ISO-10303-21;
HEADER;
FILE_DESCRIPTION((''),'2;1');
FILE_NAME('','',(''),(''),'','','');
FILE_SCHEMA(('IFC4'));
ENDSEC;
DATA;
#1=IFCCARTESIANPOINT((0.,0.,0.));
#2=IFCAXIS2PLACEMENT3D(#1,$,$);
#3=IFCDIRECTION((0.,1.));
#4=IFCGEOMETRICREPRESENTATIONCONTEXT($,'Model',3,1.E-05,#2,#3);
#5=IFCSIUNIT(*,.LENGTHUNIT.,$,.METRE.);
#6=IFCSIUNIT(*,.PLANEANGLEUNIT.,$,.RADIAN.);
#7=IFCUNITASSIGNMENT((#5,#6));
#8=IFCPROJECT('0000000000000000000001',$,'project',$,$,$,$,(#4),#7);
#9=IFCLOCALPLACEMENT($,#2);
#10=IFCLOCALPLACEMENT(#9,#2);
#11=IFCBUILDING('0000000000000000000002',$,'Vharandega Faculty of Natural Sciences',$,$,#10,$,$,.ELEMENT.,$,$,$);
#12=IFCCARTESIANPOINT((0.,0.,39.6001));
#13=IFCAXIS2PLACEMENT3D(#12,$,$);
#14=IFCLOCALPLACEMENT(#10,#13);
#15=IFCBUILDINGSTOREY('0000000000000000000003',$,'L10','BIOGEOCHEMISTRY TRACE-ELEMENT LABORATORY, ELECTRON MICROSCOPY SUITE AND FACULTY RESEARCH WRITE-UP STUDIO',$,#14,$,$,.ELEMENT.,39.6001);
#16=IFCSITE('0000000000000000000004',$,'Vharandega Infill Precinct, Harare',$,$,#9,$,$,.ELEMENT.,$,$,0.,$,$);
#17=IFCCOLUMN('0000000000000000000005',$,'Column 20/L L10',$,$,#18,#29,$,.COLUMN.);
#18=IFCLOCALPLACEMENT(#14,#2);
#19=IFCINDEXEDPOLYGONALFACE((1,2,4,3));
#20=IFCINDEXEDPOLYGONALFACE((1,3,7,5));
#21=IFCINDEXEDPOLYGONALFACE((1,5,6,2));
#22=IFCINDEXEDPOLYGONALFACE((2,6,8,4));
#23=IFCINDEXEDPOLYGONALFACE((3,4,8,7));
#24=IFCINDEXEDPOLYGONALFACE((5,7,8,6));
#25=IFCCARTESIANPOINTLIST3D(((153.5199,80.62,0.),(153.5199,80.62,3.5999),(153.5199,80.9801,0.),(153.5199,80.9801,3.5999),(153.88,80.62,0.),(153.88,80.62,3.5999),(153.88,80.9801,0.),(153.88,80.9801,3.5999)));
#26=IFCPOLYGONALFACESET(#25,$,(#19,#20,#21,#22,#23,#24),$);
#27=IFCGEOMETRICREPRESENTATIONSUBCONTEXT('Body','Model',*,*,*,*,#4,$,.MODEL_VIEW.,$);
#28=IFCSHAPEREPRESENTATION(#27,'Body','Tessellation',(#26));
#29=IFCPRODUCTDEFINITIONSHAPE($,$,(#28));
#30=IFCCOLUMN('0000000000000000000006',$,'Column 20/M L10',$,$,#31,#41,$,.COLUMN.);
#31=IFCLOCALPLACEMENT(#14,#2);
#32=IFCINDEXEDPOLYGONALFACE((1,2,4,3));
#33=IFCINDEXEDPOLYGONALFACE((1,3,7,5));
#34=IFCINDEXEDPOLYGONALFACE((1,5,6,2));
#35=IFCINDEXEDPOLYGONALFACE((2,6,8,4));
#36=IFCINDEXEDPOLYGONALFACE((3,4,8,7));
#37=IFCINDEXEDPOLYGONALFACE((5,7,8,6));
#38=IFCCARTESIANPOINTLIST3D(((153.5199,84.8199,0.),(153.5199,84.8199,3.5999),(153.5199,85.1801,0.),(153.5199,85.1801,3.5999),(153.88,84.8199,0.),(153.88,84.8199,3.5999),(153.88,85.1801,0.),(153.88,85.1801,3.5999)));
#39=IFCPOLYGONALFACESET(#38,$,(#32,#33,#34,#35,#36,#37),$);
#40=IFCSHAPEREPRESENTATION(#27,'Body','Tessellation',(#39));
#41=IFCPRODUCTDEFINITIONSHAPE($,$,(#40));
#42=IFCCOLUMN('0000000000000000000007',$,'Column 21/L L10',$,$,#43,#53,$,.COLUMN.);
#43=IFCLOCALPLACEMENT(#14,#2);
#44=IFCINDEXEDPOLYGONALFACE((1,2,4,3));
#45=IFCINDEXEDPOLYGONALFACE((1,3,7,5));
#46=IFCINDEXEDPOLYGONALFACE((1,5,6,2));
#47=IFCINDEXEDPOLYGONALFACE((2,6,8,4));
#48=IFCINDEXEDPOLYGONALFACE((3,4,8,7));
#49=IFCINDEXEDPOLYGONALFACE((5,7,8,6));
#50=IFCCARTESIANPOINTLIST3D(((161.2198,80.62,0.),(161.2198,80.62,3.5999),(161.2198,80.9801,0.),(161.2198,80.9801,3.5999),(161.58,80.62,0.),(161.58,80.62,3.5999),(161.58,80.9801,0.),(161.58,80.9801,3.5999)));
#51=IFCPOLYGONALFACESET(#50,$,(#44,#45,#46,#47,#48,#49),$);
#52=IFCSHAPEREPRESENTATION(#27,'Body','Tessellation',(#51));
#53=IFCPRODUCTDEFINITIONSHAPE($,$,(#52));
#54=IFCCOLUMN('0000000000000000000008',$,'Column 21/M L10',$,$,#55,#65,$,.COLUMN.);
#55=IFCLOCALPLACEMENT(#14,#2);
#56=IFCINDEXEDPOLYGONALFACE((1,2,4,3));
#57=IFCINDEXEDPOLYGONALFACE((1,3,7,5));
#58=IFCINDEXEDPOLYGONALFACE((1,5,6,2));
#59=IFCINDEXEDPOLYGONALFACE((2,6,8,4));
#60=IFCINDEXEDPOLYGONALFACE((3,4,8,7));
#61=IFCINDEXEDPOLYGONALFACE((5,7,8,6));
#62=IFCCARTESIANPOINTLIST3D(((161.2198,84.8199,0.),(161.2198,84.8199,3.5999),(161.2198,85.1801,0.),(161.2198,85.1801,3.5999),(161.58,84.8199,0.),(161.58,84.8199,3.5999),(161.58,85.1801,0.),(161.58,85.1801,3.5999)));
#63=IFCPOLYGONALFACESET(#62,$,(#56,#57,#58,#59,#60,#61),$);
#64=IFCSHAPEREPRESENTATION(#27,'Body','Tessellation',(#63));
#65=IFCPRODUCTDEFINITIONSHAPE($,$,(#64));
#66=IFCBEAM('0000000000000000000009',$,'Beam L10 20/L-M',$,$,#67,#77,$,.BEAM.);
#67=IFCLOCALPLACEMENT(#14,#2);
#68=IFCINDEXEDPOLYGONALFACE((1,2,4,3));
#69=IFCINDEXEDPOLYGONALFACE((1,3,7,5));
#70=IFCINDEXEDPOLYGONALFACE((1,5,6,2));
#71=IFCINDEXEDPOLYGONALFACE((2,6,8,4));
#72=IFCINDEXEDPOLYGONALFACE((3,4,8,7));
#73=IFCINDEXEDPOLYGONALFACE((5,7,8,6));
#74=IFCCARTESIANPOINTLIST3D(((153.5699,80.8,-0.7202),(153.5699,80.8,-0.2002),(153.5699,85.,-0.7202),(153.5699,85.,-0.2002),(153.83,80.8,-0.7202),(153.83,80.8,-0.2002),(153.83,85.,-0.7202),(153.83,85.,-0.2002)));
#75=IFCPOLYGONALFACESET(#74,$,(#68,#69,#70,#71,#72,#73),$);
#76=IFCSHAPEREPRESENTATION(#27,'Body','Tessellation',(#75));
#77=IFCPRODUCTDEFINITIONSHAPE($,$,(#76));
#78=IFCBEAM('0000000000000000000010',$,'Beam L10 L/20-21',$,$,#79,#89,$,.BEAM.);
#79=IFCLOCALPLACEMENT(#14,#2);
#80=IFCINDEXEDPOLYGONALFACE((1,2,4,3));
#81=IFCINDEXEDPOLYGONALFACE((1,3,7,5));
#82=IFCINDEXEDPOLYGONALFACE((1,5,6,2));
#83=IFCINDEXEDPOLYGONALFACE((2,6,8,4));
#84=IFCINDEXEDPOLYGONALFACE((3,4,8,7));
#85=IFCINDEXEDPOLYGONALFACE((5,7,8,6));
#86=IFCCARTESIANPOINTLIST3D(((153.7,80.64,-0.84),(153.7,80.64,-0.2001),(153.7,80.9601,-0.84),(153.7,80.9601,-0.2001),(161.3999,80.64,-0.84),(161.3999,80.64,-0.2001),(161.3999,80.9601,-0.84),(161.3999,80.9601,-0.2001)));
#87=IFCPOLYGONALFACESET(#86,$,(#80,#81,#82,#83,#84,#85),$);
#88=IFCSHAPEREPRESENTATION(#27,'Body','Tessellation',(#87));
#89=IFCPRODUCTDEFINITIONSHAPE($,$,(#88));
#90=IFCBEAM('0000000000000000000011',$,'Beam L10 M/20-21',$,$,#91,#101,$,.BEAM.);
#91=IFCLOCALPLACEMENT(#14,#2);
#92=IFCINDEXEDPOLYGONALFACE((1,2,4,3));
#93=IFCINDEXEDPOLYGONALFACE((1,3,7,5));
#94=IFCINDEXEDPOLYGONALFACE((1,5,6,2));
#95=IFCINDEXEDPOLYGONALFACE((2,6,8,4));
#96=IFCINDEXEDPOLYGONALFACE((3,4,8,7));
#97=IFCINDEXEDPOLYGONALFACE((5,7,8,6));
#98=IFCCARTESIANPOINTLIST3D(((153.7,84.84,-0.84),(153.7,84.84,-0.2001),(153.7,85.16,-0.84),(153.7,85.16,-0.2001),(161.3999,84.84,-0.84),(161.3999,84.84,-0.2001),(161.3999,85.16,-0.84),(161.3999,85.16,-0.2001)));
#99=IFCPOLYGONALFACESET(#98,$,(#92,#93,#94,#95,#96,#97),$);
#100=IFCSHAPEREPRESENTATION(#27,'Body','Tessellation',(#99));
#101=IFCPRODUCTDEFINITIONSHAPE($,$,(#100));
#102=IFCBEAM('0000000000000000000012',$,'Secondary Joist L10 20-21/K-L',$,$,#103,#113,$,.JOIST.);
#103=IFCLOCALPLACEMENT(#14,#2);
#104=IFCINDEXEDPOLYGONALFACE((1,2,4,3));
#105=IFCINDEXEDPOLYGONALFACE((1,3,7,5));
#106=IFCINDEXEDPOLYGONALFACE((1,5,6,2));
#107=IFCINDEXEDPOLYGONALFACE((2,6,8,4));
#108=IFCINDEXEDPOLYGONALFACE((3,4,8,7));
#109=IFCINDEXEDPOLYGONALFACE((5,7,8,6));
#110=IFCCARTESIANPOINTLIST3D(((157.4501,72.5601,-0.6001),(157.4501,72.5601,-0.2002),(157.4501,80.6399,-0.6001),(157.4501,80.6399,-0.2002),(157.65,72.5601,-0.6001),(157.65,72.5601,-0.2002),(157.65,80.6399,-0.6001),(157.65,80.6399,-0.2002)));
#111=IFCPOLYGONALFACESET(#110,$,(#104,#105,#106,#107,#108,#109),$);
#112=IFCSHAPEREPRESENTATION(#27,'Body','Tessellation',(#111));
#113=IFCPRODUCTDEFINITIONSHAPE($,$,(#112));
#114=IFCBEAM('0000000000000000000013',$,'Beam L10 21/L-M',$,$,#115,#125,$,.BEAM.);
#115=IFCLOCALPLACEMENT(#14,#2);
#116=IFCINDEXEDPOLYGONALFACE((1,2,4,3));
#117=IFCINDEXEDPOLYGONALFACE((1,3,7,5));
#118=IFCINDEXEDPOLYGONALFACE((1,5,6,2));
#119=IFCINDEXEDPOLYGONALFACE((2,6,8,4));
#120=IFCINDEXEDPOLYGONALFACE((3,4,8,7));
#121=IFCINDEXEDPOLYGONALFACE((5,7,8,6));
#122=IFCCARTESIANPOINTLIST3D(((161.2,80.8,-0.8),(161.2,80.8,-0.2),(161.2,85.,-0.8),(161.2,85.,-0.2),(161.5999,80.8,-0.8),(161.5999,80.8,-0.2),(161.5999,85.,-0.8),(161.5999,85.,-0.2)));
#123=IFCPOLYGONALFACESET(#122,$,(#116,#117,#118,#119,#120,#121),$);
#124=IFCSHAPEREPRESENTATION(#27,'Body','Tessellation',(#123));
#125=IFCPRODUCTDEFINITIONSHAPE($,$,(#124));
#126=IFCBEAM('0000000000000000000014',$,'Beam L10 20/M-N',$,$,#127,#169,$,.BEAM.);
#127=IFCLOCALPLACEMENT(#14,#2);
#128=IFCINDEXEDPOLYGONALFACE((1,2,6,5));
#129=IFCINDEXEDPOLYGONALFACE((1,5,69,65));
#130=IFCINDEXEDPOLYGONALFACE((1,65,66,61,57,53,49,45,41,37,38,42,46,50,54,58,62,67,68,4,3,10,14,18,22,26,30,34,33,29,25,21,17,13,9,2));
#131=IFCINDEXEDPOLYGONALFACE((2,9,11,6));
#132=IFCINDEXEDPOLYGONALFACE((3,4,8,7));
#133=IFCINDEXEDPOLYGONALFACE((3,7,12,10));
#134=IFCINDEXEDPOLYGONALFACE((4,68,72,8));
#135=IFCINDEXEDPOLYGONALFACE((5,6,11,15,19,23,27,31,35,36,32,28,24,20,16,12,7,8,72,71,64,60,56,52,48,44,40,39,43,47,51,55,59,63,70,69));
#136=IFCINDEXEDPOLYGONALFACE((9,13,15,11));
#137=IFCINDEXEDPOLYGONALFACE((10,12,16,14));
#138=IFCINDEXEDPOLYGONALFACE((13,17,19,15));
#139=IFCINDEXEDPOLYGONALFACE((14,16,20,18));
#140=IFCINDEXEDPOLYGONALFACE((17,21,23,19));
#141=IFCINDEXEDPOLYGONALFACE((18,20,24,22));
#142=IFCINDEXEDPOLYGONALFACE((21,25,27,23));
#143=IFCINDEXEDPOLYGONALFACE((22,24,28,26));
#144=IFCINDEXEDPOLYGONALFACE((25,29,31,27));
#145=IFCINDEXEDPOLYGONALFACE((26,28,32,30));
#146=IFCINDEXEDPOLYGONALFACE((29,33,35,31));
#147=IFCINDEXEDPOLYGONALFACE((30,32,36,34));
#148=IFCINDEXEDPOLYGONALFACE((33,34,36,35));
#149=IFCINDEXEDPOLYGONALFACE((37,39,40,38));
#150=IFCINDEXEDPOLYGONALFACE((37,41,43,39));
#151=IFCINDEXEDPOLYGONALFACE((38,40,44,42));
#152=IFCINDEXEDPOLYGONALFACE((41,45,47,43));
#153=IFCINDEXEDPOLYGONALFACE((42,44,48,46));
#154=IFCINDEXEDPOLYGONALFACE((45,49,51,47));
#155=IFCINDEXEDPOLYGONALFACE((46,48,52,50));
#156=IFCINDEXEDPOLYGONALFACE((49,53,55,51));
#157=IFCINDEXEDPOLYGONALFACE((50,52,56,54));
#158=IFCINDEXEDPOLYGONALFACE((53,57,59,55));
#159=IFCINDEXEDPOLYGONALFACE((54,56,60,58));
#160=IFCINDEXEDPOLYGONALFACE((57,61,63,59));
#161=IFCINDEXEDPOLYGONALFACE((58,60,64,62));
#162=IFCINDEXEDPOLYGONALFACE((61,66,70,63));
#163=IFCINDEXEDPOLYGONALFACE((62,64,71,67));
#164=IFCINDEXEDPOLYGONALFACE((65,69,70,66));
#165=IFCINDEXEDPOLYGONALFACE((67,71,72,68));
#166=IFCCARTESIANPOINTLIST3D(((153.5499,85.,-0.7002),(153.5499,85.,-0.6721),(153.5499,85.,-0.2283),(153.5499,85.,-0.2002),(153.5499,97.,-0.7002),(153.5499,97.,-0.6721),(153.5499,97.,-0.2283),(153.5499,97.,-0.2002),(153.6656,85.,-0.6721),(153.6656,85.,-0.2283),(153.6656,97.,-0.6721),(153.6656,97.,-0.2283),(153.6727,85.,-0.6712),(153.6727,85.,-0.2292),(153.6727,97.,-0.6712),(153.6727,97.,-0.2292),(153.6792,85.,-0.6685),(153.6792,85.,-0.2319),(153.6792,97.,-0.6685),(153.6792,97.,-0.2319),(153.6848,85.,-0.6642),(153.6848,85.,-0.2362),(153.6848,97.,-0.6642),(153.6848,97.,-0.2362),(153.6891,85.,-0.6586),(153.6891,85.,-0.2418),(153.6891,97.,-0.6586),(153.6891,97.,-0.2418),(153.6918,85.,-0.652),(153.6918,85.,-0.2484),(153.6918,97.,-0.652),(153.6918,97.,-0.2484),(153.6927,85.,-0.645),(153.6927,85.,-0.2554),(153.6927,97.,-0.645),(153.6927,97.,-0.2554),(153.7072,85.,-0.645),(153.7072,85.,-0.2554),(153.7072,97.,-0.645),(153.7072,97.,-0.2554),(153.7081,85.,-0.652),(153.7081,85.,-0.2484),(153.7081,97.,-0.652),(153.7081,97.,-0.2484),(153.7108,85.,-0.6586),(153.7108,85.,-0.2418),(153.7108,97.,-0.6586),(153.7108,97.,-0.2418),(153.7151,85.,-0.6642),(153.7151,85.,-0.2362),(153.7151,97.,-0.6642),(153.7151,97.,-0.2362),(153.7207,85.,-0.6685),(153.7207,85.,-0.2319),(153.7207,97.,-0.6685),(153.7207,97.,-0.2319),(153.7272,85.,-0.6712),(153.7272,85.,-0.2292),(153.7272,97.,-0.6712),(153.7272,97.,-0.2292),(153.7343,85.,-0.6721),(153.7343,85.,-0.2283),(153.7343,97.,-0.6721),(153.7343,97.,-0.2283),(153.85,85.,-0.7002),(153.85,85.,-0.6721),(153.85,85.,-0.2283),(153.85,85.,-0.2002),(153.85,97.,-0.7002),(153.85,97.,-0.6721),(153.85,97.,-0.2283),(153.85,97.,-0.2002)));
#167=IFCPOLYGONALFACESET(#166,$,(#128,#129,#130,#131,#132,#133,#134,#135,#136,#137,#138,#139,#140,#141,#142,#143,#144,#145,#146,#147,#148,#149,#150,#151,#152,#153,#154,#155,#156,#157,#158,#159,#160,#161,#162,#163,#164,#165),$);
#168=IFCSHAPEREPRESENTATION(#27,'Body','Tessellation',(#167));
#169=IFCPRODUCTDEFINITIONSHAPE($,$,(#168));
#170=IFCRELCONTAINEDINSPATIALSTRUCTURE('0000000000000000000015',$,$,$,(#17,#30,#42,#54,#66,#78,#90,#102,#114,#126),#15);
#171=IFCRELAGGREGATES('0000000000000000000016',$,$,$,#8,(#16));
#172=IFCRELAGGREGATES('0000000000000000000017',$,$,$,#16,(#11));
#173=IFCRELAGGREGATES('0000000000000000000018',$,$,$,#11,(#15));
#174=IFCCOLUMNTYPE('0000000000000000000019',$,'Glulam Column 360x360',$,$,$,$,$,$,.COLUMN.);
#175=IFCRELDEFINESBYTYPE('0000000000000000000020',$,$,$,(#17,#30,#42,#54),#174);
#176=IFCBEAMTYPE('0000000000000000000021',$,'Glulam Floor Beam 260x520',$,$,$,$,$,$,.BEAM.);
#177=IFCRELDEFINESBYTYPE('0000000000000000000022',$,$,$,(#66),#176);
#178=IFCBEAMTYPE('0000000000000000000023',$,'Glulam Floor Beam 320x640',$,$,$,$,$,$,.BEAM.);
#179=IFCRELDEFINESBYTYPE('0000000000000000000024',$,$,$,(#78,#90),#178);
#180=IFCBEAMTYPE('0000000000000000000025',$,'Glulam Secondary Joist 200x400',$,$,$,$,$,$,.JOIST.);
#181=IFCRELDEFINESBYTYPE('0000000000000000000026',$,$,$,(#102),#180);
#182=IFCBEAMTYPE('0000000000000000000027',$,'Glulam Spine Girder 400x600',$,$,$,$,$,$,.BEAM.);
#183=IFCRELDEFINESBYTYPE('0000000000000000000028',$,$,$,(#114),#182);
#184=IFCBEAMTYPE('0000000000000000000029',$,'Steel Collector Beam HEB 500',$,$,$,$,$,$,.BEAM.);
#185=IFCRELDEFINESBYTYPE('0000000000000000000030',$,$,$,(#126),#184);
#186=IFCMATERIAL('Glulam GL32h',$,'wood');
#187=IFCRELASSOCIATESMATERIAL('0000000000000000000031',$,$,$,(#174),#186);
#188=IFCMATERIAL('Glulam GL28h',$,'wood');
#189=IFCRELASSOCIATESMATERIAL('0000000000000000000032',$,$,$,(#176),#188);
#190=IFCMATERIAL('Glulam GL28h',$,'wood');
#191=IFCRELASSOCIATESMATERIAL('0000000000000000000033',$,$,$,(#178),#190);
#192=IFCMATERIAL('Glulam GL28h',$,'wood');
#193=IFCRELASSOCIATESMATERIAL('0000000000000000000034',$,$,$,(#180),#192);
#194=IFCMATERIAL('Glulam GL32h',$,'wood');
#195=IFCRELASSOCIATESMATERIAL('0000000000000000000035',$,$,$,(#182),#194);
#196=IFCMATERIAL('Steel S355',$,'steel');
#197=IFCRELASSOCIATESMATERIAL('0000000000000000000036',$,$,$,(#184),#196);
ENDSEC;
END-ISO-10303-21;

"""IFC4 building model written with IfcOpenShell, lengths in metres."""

from ifc_helpers import new_model, si_unit, direction, frame, origin, origin_2d, place, context, subcontext, project, spatial, rectangle, i_section, extrude, material, material_profile, profile_set, type_object, element, save


model = new_model("IFC4")

# Units and contexts
model_context = context("Model", 3, precision=1e-05, world=origin(), true_north=direction((0.0, 1.0)))
body_context = subcontext(model_context, "Body", "Model", "MODEL_VIEW")
ifc_project = project(units=[si_unit("LENGTHUNIT", "METRE"), si_unit("PLANEANGLEUNIT", "RADIAN")], contexts=[model_context])

# Site, building, storey
site_placement = place(None, origin())
site = spatial("IfcSite", under=ifc_project, at=site_placement, Name="Vharandega Infill Precinct, Harare", CompositionType="ELEMENT", RefElevation=0.0)
building_placement = place(site_placement, origin())
building = spatial("IfcBuilding", under=site, at=building_placement, Name="Vharandega Faculty of Natural Sciences", CompositionType="ELEMENT")
storey_placement = place(building_placement, frame((0.0, 0.0, 39.6001)))
storey = spatial("IfcBuildingStorey", under=building, at=storey_placement, Name="L10", Description="BIOGEOCHEMISTRY TRACE-ELEMENT LABORATORY, ELECTRON MICROSCOPY SUITE AND FACULTY RESEARCH WRITE-UP STUDIO", CompositionType="ELEMENT", Elevation=39.6001)

# Columns
ifc_material_1 = material(Name="Glulam GL32h", Category="wood")
ifc_material_profile_1 = material_profile(ifc_material_1, rectangle(XDim=0.3601, YDim=0.3601, at=origin_2d()), Name="GL32h 360x360")
ifc_profile_set_1 = profile_set([ifc_material_profile_1], Name="Glulam GL32h")
column_type = type_object("IfcColumnType", Name="Glulam Column 360x360", PredefinedType="COLUMN", material=ifc_profile_set_1)
for number, where, z_axis, x_axis, name in (
    (1, (153.7, 80.8, 0.0), (0.0, 0.0, 1.0), (1.0, 0.0, 0.0), "Column 20/L L10"),
    (2, (153.7, 85.0, 0.0), (0.0, 0.0, 1.0), (1.0, 0.0, 0.0), "Column 20/M L10"),
    (3, (161.3999, 80.8, 0.0), (0.0, 0.0, 1.0), (1.0, 0.0, 0.0), "Column 21/L L10"),
    (4, (161.3999, 85.0, 0.0), (0.0, 0.0, 1.0), (1.0, 0.0, 0.0), "Column 21/M L10"),
):
    element("IfcColumn", number, at=place(storey_placement, frame(where, z_axis=z_axis, x_axis=x_axis)), inside=storey, type_object=column_type, Name=name, PredefinedType="COLUMN", context=body_context, shape_type="SweptSolid", body=[
        extrude(rectangle(XDim=0.3601, YDim=0.3601, at=origin_2d()), origin(), (0.0, 0.0, 1.0), 3.5999),
    ])

# Beams
ifc_material_2 = material(Name="Glulam GL28h", Category="wood")
ifc_material_profile_2 = material_profile(ifc_material_2, rectangle(XDim=0.26, YDim=0.52, at=origin_2d()), Name="GL28h 260x520")
ifc_profile_set_2 = profile_set([ifc_material_profile_2], Name="Glulam GL28h")
beam_type_1 = type_object("IfcBeamType", Name="Glulam Floor Beam 260x520", PredefinedType="BEAM", material=ifc_profile_set_2)
beam_1_placement = place(storey_placement, frame((153.7, 80.8, -0.4602), z_axis=(0.0, 1.0, 0.0), x_axis=(-1.0, 0.0, 0.0)))
element("IfcBeam", 5, at=beam_1_placement, inside=storey, type_object=beam_type_1, Name="Beam L10 20/L-M", PredefinedType="BEAM", context=body_context, shape_type="SweptSolid", body=[
    extrude(rectangle(XDim=0.26, YDim=0.52, at=origin_2d()), origin(), (0.0, 0.0, 1.0), 4.2),
])
ifc_material_3 = material(Name="Glulam GL28h", Category="wood")
ifc_material_profile_3 = material_profile(ifc_material_3, rectangle(XDim=0.3201, YDim=0.6399, at=origin_2d()), Name="GL28h 320x640")
ifc_profile_set_3 = profile_set([ifc_material_profile_3], Name="Glulam GL28h")
beam_type_2 = type_object("IfcBeamType", Name="Glulam Floor Beam 320x640", PredefinedType="BEAM", material=ifc_profile_set_3)
for number, where, z_axis, x_axis, name in (
    (6, (153.7, 80.8, -0.52), (1.0, 0.0, 0.0), (0.0, 1.0, 0.0), "Beam L10 L/20-21"),
    (7, (153.7, 85.0, -0.52), (1.0, 0.0, 0.0), (0.0, 1.0, 0.0), "Beam L10 M/20-21"),
):
    element("IfcBeam", number, at=place(storey_placement, frame(where, z_axis=z_axis, x_axis=x_axis)), inside=storey, type_object=beam_type_2, Name=name, PredefinedType="BEAM", context=body_context, shape_type="SweptSolid", body=[
        extrude(rectangle(XDim=0.3201, YDim=0.6399, at=origin_2d()), origin(), (0.0, 0.0, 1.0), 7.7),
    ])
ifc_material_4 = material(Name="Glulam GL28h", Category="wood")
ifc_material_profile_4 = material_profile(ifc_material_4, rectangle(XDim=0.2, YDim=0.3999, at=origin_2d()), Name="GL28h 200x400")
ifc_profile_set_4 = profile_set([ifc_material_profile_4], Name="Glulam GL28h")
beam_type_3 = type_object("IfcBeamType", Name="Glulam Secondary Joist 200x400", PredefinedType="JOIST", material=ifc_profile_set_4)
beam_2_placement = place(storey_placement, frame((157.55, 72.5601, -0.4001), z_axis=(0.0, 1.0, 0.0), x_axis=(-1.0, 0.0, 0.0)))
element("IfcBeam", 8, at=beam_2_placement, inside=storey, type_object=beam_type_3, Name="Secondary Joist L10 20-21/K-L", PredefinedType="JOIST", context=body_context, shape_type="SweptSolid", body=[
    extrude(rectangle(XDim=0.2, YDim=0.3999, at=origin_2d()), origin(), (0.0, 0.0, 1.0), 8.0798),
])
ifc_material_5 = material(Name="Glulam GL32h", Category="wood")
ifc_material_profile_5 = material_profile(ifc_material_5, rectangle(XDim=0.3999, YDim=0.6001, at=origin_2d()), Name="GL32h 400x600")
ifc_profile_set_5 = profile_set([ifc_material_profile_5], Name="Glulam GL32h")
beam_type_4 = type_object("IfcBeamType", Name="Glulam Spine Girder 400x600", PredefinedType="BEAM", material=ifc_profile_set_5)
beam_3_placement = place(storey_placement, frame((161.3999, 80.8, -0.5), z_axis=(0.0, 1.0, 0.0), x_axis=(-1.0, 0.0, 0.0)))
element("IfcBeam", 9, at=beam_3_placement, inside=storey, type_object=beam_type_4, Name="Beam L10 21/L-M", PredefinedType="BEAM", context=body_context, shape_type="SweptSolid", body=[
    extrude(rectangle(XDim=0.3999, YDim=0.6001, at=origin_2d()), origin(), (0.0, 0.0, 1.0), 4.2),
])
ifc_material_6 = material(Name="Steel S355", Category="steel")
ifc_material_profile_6 = material_profile(ifc_material_6, i_section(OverallWidth=0.3, OverallDepth=0.5, WebThickness=0.0144, FlangeThickness=0.0281, FilletRadius=0.0271, at=origin_2d()), Name="HEB 500")
ifc_profile_set_6 = profile_set([ifc_material_profile_6], Name="Steel S355")
beam_type_5 = type_object("IfcBeamType", Name="Steel Collector Beam HEB 500", PredefinedType="BEAM", material=ifc_profile_set_6)
for number, where, z_axis, x_axis, name in (
    (10, (153.7, 85.0, -0.4502), (0.0, 1.0, 0.0), (-1.0, 0.0, 0.0), "Beam L10 20/M-N"),
):
    element("IfcBeam", number, at=place(storey_placement, frame(where, z_axis=z_axis, x_axis=x_axis)), inside=storey, type_object=beam_type_5, Name=name, PredefinedType="BEAM", context=body_context, shape_type="SweptSolid", body=[
        extrude(i_section(OverallWidth=0.3, OverallDepth=0.5, WebThickness=0.0144, FlangeThickness=0.0281, FilletRadius=0.0271, at=origin_2d()), origin(), (0.0, 0.0, 1.0), 12.0),
    ])

save(model, "model.ifc")
